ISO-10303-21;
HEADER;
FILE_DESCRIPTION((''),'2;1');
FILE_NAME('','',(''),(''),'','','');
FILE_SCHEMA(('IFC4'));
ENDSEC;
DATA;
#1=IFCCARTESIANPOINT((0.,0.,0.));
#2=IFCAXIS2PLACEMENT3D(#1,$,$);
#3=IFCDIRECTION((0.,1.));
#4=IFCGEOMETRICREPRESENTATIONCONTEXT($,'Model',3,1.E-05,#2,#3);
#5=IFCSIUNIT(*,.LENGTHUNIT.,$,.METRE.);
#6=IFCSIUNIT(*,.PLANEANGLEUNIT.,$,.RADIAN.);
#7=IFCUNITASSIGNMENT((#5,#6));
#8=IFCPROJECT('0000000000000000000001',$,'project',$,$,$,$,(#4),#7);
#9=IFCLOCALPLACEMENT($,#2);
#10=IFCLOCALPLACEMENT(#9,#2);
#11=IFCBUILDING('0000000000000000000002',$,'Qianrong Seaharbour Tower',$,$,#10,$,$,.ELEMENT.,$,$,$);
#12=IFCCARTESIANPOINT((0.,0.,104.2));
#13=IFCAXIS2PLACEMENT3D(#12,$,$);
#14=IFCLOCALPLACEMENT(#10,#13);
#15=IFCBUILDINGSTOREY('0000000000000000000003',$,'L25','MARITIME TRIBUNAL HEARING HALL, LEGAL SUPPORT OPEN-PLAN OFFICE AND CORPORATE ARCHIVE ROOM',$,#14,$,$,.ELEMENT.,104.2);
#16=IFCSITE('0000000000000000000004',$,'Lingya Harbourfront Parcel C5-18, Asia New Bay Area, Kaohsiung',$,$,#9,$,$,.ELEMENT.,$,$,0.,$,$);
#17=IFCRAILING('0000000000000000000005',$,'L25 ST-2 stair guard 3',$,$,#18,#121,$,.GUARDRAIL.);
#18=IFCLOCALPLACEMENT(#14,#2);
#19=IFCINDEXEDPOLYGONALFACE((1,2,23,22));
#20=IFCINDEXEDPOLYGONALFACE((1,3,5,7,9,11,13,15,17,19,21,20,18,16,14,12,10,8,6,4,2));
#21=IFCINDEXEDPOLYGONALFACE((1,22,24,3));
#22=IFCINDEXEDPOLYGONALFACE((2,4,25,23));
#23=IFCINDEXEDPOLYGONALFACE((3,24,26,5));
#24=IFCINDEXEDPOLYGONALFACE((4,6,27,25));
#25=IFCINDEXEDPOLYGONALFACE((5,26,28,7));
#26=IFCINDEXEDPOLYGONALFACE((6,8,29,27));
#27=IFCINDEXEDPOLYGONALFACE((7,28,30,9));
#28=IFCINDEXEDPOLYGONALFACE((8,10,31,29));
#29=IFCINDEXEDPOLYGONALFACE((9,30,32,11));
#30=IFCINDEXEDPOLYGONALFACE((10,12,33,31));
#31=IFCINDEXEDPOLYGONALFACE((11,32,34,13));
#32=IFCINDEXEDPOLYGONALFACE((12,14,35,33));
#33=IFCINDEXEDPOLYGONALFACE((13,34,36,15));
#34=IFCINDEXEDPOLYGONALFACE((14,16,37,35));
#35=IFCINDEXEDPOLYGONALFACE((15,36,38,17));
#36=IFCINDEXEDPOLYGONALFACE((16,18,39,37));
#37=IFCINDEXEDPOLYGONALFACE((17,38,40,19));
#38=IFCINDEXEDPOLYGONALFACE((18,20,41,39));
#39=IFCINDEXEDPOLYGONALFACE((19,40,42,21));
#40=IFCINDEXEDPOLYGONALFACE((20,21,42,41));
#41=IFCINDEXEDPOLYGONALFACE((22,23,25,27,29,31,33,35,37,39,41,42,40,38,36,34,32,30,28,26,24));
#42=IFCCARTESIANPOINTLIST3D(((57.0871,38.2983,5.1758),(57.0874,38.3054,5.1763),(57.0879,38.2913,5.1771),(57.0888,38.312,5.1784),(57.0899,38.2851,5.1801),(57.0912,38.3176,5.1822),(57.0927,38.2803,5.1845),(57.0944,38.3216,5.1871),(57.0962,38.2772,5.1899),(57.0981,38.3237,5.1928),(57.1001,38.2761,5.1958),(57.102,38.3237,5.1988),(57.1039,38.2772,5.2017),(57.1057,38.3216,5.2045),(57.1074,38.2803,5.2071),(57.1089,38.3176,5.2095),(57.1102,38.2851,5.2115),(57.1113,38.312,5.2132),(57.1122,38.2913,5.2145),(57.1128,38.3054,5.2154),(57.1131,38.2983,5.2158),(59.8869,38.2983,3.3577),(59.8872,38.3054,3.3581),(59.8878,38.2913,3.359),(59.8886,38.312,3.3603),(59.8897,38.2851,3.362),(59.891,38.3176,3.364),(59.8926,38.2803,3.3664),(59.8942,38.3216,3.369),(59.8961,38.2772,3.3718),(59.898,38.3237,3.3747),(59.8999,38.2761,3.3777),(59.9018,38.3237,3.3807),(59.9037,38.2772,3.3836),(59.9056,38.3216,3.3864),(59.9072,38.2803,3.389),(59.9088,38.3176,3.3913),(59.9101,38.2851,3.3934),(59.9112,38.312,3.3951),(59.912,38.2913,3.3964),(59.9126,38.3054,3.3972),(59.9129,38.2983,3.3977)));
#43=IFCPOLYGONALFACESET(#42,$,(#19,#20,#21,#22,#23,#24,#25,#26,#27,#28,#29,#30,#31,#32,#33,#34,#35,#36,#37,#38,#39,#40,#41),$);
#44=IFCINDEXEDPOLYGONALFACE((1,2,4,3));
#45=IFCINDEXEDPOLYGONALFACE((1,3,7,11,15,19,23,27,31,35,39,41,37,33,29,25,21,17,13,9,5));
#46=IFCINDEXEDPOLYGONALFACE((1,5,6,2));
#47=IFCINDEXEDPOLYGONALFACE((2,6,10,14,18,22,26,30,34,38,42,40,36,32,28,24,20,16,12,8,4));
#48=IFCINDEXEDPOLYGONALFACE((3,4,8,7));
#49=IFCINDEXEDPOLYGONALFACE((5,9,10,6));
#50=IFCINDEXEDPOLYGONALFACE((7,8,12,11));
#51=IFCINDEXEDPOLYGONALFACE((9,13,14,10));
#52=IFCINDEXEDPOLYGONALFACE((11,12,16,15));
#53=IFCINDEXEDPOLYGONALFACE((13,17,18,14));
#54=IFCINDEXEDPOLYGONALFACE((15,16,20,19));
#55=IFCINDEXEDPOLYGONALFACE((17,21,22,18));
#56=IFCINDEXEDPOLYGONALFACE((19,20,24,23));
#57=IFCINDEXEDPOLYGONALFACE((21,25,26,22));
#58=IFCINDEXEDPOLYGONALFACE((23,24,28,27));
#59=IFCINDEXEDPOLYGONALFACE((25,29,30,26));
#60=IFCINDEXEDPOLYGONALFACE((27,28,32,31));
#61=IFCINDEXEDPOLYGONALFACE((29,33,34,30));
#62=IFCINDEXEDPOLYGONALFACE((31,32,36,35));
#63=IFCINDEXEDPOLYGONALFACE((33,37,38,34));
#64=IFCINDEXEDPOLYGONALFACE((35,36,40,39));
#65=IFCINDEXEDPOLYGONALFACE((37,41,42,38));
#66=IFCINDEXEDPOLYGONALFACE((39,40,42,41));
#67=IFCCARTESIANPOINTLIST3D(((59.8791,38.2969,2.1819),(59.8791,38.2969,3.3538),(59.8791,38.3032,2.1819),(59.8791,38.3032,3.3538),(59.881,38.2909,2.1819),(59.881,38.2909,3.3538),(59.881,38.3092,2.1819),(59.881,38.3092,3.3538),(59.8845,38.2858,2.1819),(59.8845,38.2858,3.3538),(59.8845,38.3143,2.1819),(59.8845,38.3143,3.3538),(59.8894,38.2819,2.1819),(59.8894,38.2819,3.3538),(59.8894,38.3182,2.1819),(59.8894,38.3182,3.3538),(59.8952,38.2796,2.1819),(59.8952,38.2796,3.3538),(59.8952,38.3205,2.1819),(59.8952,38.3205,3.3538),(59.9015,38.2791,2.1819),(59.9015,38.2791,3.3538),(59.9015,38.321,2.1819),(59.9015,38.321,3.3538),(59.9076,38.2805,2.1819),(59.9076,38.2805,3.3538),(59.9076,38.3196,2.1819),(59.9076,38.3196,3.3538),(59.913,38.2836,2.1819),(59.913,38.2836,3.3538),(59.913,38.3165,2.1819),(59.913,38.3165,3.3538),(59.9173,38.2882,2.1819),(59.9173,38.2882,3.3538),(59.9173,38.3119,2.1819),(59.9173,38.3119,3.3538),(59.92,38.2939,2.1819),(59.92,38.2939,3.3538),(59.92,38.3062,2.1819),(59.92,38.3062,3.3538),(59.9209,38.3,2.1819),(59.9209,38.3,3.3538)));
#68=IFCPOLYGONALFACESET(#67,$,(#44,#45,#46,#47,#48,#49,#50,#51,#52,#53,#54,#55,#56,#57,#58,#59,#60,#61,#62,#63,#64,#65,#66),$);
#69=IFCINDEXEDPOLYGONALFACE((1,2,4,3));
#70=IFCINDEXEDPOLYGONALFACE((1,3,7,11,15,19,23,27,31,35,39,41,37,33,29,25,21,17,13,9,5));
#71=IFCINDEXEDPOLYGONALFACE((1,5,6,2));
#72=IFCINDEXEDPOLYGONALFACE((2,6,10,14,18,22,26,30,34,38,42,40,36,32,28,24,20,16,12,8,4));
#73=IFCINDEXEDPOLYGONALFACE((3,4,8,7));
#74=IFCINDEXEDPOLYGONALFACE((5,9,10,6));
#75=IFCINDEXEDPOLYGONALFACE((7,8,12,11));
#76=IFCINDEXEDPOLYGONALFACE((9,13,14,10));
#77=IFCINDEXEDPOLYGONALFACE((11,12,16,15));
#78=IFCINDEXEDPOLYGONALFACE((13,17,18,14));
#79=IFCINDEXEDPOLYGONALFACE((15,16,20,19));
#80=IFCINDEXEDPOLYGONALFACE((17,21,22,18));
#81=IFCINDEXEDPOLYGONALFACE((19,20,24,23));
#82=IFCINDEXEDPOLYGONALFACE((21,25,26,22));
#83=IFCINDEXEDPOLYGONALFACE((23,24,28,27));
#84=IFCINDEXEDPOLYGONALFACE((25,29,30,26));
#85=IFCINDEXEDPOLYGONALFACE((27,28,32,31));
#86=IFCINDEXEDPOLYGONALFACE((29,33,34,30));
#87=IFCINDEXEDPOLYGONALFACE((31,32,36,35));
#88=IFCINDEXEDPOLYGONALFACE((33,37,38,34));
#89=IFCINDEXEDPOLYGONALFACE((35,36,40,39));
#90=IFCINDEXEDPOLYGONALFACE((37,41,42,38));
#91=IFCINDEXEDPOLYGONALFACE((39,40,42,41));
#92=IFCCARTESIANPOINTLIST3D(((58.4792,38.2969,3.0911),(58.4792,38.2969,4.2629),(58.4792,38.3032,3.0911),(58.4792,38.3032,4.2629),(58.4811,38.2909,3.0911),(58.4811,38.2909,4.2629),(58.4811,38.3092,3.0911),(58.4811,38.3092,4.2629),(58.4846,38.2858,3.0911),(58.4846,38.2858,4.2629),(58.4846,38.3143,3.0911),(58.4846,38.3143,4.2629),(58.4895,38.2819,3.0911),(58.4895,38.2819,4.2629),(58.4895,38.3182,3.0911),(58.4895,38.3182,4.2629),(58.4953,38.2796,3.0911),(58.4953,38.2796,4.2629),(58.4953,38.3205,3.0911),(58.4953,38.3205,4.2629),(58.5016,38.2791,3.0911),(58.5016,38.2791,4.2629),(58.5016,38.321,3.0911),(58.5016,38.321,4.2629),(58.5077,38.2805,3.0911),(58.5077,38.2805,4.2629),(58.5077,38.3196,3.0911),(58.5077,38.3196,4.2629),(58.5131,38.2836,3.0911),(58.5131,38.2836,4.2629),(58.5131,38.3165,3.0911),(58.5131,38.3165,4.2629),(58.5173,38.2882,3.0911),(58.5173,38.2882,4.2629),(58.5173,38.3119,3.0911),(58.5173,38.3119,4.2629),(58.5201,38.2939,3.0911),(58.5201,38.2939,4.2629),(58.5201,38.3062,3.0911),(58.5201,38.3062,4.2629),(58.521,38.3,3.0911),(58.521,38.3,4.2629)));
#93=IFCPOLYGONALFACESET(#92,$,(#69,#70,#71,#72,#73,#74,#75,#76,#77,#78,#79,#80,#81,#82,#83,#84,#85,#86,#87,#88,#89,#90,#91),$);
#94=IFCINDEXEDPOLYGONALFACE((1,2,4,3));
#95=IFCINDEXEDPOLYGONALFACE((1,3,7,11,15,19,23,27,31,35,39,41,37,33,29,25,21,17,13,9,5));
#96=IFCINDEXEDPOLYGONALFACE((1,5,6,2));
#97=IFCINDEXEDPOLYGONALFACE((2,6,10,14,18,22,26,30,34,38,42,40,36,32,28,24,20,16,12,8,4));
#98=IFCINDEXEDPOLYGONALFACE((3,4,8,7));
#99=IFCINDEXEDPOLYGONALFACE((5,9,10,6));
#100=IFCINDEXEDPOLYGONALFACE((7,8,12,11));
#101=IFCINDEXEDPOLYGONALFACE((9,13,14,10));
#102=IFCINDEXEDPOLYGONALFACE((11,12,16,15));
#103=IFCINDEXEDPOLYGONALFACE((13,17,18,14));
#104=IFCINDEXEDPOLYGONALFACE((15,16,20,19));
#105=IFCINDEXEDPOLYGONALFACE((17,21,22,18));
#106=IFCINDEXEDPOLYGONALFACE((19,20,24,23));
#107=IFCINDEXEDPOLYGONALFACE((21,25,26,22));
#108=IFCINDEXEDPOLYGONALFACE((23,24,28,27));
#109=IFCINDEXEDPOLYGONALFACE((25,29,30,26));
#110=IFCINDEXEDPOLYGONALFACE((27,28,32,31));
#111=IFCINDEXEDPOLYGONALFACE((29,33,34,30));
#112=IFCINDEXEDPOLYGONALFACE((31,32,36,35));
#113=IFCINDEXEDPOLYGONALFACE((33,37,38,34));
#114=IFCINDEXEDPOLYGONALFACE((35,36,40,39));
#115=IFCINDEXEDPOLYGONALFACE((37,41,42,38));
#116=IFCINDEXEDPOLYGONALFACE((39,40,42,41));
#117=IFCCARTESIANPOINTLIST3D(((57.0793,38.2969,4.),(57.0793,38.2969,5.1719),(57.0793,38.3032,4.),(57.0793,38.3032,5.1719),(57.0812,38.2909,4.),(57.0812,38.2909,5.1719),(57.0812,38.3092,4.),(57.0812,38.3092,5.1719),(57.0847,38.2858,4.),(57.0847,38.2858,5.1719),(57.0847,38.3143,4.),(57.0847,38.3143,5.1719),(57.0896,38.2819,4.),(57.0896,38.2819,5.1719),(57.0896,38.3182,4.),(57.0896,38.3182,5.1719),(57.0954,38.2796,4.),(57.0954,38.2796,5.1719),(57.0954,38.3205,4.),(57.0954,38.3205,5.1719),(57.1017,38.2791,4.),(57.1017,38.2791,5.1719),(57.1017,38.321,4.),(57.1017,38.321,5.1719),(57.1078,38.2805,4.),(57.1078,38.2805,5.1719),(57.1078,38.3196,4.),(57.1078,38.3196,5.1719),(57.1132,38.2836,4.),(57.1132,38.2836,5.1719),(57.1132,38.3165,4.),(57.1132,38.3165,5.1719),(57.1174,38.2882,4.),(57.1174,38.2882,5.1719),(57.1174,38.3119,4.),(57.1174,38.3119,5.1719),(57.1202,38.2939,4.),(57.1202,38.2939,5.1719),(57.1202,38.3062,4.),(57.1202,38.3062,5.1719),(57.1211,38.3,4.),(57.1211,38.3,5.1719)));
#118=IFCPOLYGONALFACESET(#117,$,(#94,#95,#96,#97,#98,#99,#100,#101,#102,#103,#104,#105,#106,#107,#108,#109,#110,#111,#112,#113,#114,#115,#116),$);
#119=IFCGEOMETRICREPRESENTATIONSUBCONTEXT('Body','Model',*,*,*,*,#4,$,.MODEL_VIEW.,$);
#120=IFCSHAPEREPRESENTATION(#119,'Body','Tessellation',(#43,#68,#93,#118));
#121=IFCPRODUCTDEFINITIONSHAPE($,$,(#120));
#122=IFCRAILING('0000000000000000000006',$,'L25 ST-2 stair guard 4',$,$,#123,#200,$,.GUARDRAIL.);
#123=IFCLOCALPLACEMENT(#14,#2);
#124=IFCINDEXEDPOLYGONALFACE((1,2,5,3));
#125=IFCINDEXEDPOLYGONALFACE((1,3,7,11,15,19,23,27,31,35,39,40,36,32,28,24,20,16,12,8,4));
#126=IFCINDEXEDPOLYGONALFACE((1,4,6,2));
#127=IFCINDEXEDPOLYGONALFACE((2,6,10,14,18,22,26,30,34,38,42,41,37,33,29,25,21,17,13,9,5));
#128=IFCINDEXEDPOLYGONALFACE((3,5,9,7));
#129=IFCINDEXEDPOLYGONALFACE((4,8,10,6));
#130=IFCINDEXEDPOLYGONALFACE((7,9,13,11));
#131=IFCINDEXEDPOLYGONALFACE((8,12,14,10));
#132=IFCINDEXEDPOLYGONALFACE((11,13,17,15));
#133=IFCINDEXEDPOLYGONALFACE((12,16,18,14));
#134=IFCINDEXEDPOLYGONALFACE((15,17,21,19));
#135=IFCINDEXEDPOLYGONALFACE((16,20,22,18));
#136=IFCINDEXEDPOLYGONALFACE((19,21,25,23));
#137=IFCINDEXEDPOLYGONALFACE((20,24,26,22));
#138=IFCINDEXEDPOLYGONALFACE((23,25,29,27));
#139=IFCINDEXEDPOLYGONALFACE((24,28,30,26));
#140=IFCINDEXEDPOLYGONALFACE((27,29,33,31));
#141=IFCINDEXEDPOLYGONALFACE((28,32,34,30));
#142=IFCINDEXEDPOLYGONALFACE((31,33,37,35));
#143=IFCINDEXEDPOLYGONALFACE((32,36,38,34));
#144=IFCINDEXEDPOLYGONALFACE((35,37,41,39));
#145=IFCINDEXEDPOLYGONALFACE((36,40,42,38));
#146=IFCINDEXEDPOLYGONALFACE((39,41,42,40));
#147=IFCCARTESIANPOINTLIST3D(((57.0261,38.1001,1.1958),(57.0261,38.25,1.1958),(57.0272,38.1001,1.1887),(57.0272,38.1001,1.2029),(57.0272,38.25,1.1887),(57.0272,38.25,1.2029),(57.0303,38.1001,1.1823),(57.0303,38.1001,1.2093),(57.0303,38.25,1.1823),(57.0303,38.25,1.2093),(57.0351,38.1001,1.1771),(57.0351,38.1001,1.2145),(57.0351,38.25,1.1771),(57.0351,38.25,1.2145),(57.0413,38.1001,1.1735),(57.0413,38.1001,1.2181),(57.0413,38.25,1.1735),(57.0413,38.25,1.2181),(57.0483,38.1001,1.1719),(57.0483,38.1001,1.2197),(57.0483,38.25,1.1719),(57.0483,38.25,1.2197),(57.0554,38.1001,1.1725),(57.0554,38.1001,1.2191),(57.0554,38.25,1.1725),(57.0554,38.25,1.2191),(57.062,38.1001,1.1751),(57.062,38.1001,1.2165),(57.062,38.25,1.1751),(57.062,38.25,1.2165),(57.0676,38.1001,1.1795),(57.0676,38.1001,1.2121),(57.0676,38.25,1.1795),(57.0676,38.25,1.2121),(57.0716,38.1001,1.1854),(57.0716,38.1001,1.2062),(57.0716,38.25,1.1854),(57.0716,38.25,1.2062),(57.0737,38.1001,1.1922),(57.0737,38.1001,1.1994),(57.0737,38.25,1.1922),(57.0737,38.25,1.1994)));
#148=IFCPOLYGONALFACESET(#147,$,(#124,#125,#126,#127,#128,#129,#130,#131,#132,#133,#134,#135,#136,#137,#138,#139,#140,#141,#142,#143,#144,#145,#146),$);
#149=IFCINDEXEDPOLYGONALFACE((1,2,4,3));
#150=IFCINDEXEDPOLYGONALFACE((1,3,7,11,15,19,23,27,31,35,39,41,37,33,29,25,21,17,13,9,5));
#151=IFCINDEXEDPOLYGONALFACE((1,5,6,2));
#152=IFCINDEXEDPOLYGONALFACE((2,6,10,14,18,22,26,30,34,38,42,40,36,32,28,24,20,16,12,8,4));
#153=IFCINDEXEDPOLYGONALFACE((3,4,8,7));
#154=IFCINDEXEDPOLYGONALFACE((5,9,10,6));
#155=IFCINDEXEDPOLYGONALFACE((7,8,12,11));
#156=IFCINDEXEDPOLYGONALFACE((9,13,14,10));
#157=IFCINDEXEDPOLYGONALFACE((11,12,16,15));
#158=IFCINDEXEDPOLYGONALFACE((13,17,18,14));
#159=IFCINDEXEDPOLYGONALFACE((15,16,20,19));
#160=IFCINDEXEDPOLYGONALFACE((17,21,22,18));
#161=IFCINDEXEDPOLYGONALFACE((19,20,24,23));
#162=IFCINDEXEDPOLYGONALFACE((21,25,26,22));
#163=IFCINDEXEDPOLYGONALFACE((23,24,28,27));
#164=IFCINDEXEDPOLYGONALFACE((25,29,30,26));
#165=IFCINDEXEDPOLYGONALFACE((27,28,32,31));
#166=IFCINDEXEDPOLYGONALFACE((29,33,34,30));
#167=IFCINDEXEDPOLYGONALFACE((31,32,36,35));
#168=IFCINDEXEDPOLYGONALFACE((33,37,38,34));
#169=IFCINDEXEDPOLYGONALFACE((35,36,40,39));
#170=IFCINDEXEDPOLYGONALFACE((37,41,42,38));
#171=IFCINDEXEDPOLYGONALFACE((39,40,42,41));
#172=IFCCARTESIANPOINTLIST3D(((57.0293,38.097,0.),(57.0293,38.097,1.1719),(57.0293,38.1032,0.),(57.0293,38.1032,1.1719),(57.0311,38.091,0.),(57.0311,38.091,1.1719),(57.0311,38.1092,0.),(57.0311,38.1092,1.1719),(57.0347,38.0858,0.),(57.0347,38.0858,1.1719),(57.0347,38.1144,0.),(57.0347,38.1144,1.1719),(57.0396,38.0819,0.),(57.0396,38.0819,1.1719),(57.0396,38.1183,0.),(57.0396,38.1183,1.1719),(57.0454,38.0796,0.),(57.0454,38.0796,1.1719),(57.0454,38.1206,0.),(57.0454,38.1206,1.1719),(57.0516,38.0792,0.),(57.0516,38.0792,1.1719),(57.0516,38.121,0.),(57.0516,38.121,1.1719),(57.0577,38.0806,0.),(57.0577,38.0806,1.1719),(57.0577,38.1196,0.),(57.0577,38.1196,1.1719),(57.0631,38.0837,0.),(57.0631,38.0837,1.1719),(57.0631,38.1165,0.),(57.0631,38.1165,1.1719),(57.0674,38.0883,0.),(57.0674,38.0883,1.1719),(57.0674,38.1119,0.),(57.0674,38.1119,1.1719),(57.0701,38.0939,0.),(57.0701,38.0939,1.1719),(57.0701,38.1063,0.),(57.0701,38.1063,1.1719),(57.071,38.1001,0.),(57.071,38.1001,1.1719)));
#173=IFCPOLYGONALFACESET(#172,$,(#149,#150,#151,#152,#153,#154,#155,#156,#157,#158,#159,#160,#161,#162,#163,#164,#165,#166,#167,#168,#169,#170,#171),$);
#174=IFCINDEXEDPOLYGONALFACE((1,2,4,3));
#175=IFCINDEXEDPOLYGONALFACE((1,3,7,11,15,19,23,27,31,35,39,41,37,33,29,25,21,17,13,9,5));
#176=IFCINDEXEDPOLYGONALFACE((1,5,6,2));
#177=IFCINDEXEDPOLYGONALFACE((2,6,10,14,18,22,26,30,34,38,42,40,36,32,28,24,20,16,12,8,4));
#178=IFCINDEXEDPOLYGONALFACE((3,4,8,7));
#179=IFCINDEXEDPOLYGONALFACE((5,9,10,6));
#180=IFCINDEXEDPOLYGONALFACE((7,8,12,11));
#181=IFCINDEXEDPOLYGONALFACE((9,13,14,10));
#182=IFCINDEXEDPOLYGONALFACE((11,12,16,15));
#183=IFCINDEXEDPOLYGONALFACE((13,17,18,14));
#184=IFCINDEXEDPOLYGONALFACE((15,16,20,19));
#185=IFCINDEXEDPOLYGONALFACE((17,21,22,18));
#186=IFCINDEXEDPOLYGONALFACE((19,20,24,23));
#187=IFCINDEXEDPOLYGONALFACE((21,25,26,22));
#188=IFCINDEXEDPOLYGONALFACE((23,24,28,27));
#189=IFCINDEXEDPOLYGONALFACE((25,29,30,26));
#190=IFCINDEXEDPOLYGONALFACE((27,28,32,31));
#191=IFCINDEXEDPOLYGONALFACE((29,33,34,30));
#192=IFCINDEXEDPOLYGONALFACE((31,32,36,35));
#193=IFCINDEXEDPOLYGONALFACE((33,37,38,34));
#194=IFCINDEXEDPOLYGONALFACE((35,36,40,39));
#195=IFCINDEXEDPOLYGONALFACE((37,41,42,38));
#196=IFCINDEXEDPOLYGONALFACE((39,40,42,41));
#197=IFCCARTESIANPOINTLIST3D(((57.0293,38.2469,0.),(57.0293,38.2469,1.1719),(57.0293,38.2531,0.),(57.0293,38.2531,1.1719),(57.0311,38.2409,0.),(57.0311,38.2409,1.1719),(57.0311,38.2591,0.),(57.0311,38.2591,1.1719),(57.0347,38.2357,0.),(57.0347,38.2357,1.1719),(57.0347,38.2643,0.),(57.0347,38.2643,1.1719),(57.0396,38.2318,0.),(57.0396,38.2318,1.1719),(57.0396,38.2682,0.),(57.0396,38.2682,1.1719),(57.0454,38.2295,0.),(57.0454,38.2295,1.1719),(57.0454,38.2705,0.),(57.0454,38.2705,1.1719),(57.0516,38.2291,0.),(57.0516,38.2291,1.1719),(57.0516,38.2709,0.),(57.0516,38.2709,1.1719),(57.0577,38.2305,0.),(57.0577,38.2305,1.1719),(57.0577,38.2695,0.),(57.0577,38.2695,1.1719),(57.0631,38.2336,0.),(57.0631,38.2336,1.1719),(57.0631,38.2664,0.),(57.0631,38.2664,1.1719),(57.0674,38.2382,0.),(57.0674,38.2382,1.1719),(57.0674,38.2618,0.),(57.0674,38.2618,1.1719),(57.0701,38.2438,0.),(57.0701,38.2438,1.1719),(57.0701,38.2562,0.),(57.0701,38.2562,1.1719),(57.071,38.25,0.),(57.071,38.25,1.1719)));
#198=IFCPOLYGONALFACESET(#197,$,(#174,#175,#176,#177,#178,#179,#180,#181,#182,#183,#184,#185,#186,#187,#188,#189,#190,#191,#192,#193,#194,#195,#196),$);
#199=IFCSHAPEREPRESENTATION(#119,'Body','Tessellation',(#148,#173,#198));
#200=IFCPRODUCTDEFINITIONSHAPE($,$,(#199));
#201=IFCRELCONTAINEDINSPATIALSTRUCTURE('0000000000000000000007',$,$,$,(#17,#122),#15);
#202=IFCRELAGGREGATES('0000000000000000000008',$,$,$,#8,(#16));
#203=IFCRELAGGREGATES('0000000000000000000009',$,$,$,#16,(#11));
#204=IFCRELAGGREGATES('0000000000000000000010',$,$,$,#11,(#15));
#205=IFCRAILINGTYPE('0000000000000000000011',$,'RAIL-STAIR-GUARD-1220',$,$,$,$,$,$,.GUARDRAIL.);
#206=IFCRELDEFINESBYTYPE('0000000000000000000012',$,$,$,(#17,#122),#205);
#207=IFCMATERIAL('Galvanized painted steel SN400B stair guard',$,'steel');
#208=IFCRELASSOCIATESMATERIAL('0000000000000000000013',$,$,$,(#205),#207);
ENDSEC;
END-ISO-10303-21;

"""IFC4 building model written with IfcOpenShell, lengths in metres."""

from ifc_helpers import new_model, si_unit, direction, frame, origin, origin_2d, place, context, subcontext, project, spatial, circle, extrude, material, type_object, element, save


model = new_model("IFC4")

# Units and contexts
model_context = context("Model", 3, precision=1e-05, world=origin(), true_north=direction((0.0, 1.0)))
body_context = subcontext(model_context, "Body", "Model", "MODEL_VIEW")
ifc_project = project(units=[si_unit("LENGTHUNIT", "METRE"), si_unit("PLANEANGLEUNIT", "RADIAN")], contexts=[model_context])

# Site, building, storey
site_placement = place(None, origin())
site = spatial("IfcSite", under=ifc_project, at=site_placement, Name="Lingya Harbourfront Parcel C5-18, Asia New Bay Area, Kaohsiung", CompositionType="ELEMENT", RefElevation=0.0)
building_placement = place(site_placement, origin())
building = spatial("IfcBuilding", under=site, at=building_placement, Name="Qianrong Seaharbour Tower", CompositionType="ELEMENT")
storey_placement = place(building_placement, frame((0.0, 0.0, 104.2)))
storey = spatial("IfcBuildingStorey", under=building, at=storey_placement, Name="L25", Description="MARITIME TRIBUNAL HEARING HALL, LEGAL SUPPORT OPEN-PLAN OFFICE AND CORPORATE ARCHIVE ROOM", CompositionType="ELEMENT", Elevation=104.2)

# Railings
ifc_material_1 = material(Name="Galvanized painted steel SN400B stair guard", Category="steel")
railing_type_1 = type_object("IfcRailingType", Name="RAIL-STAIR-GUARD-1220", PredefinedType="GUARDRAIL", material=ifc_material_1)
railing_1_placement = place(storey_placement, frame((59.8999, 38.3, 2.1819)))
element("IfcRailing", 1, at=railing_1_placement, inside=storey, type_object=railing_type_1, Name="L25 ST-2 stair guard 3", PredefinedType="GUARDRAIL", context=body_context, shape_type="SweptSolid", body=[
    extrude(circle(Radius=0.0239, at=origin_2d()), frame((0.0, 0.0, 1.1958), z_axis=(-0.838684, 0.0, 0.544618), x_axis=(0.0, -1.0, 0.0)), (0.0, 0.0, 1.0), 3.3384),
    extrude(circle(Radius=0.021, at=origin_2d()), origin(), (0.0, 0.0, 1.0), 1.1719),
    extrude(circle(Radius=0.021, at=origin_2d()), frame((-1.3999, 0.0, 0.9092)), (0.0, 0.0, 1.0), 1.1719),
    extrude(circle(Radius=0.021, at=origin_2d()), frame((-2.7998, 0.0, 1.8181)), (0.0, 0.0, 1.0), 1.1719),
])
railing_2_placement = place(storey_placement, frame((57.05, 38.1001, 0.0)))
element("IfcRailing", 2, at=railing_2_placement, inside=storey, type_object=railing_type_1, Name="L25 ST-2 stair guard 4", PredefinedType="GUARDRAIL", context=body_context, shape_type="SweptSolid", body=[
    extrude(circle(Radius=0.0239, at=origin_2d()), frame((0.0, 0.0, 1.1958), z_axis=(0.0, 1.0, 0.0), x_axis=(-1.0, 0.0, 0.0)), (0.0, 0.0, 1.0), 0.1499),
    extrude(circle(Radius=0.021, at=origin_2d()), origin(), (0.0, 0.0, 1.0), 1.1719),
    extrude(circle(Radius=0.021, at=origin_2d()), frame((0.0, 0.1499, 0.0)), (0.0, 0.0, 1.0), 1.1719),
])

save(model, "model.ifc")
